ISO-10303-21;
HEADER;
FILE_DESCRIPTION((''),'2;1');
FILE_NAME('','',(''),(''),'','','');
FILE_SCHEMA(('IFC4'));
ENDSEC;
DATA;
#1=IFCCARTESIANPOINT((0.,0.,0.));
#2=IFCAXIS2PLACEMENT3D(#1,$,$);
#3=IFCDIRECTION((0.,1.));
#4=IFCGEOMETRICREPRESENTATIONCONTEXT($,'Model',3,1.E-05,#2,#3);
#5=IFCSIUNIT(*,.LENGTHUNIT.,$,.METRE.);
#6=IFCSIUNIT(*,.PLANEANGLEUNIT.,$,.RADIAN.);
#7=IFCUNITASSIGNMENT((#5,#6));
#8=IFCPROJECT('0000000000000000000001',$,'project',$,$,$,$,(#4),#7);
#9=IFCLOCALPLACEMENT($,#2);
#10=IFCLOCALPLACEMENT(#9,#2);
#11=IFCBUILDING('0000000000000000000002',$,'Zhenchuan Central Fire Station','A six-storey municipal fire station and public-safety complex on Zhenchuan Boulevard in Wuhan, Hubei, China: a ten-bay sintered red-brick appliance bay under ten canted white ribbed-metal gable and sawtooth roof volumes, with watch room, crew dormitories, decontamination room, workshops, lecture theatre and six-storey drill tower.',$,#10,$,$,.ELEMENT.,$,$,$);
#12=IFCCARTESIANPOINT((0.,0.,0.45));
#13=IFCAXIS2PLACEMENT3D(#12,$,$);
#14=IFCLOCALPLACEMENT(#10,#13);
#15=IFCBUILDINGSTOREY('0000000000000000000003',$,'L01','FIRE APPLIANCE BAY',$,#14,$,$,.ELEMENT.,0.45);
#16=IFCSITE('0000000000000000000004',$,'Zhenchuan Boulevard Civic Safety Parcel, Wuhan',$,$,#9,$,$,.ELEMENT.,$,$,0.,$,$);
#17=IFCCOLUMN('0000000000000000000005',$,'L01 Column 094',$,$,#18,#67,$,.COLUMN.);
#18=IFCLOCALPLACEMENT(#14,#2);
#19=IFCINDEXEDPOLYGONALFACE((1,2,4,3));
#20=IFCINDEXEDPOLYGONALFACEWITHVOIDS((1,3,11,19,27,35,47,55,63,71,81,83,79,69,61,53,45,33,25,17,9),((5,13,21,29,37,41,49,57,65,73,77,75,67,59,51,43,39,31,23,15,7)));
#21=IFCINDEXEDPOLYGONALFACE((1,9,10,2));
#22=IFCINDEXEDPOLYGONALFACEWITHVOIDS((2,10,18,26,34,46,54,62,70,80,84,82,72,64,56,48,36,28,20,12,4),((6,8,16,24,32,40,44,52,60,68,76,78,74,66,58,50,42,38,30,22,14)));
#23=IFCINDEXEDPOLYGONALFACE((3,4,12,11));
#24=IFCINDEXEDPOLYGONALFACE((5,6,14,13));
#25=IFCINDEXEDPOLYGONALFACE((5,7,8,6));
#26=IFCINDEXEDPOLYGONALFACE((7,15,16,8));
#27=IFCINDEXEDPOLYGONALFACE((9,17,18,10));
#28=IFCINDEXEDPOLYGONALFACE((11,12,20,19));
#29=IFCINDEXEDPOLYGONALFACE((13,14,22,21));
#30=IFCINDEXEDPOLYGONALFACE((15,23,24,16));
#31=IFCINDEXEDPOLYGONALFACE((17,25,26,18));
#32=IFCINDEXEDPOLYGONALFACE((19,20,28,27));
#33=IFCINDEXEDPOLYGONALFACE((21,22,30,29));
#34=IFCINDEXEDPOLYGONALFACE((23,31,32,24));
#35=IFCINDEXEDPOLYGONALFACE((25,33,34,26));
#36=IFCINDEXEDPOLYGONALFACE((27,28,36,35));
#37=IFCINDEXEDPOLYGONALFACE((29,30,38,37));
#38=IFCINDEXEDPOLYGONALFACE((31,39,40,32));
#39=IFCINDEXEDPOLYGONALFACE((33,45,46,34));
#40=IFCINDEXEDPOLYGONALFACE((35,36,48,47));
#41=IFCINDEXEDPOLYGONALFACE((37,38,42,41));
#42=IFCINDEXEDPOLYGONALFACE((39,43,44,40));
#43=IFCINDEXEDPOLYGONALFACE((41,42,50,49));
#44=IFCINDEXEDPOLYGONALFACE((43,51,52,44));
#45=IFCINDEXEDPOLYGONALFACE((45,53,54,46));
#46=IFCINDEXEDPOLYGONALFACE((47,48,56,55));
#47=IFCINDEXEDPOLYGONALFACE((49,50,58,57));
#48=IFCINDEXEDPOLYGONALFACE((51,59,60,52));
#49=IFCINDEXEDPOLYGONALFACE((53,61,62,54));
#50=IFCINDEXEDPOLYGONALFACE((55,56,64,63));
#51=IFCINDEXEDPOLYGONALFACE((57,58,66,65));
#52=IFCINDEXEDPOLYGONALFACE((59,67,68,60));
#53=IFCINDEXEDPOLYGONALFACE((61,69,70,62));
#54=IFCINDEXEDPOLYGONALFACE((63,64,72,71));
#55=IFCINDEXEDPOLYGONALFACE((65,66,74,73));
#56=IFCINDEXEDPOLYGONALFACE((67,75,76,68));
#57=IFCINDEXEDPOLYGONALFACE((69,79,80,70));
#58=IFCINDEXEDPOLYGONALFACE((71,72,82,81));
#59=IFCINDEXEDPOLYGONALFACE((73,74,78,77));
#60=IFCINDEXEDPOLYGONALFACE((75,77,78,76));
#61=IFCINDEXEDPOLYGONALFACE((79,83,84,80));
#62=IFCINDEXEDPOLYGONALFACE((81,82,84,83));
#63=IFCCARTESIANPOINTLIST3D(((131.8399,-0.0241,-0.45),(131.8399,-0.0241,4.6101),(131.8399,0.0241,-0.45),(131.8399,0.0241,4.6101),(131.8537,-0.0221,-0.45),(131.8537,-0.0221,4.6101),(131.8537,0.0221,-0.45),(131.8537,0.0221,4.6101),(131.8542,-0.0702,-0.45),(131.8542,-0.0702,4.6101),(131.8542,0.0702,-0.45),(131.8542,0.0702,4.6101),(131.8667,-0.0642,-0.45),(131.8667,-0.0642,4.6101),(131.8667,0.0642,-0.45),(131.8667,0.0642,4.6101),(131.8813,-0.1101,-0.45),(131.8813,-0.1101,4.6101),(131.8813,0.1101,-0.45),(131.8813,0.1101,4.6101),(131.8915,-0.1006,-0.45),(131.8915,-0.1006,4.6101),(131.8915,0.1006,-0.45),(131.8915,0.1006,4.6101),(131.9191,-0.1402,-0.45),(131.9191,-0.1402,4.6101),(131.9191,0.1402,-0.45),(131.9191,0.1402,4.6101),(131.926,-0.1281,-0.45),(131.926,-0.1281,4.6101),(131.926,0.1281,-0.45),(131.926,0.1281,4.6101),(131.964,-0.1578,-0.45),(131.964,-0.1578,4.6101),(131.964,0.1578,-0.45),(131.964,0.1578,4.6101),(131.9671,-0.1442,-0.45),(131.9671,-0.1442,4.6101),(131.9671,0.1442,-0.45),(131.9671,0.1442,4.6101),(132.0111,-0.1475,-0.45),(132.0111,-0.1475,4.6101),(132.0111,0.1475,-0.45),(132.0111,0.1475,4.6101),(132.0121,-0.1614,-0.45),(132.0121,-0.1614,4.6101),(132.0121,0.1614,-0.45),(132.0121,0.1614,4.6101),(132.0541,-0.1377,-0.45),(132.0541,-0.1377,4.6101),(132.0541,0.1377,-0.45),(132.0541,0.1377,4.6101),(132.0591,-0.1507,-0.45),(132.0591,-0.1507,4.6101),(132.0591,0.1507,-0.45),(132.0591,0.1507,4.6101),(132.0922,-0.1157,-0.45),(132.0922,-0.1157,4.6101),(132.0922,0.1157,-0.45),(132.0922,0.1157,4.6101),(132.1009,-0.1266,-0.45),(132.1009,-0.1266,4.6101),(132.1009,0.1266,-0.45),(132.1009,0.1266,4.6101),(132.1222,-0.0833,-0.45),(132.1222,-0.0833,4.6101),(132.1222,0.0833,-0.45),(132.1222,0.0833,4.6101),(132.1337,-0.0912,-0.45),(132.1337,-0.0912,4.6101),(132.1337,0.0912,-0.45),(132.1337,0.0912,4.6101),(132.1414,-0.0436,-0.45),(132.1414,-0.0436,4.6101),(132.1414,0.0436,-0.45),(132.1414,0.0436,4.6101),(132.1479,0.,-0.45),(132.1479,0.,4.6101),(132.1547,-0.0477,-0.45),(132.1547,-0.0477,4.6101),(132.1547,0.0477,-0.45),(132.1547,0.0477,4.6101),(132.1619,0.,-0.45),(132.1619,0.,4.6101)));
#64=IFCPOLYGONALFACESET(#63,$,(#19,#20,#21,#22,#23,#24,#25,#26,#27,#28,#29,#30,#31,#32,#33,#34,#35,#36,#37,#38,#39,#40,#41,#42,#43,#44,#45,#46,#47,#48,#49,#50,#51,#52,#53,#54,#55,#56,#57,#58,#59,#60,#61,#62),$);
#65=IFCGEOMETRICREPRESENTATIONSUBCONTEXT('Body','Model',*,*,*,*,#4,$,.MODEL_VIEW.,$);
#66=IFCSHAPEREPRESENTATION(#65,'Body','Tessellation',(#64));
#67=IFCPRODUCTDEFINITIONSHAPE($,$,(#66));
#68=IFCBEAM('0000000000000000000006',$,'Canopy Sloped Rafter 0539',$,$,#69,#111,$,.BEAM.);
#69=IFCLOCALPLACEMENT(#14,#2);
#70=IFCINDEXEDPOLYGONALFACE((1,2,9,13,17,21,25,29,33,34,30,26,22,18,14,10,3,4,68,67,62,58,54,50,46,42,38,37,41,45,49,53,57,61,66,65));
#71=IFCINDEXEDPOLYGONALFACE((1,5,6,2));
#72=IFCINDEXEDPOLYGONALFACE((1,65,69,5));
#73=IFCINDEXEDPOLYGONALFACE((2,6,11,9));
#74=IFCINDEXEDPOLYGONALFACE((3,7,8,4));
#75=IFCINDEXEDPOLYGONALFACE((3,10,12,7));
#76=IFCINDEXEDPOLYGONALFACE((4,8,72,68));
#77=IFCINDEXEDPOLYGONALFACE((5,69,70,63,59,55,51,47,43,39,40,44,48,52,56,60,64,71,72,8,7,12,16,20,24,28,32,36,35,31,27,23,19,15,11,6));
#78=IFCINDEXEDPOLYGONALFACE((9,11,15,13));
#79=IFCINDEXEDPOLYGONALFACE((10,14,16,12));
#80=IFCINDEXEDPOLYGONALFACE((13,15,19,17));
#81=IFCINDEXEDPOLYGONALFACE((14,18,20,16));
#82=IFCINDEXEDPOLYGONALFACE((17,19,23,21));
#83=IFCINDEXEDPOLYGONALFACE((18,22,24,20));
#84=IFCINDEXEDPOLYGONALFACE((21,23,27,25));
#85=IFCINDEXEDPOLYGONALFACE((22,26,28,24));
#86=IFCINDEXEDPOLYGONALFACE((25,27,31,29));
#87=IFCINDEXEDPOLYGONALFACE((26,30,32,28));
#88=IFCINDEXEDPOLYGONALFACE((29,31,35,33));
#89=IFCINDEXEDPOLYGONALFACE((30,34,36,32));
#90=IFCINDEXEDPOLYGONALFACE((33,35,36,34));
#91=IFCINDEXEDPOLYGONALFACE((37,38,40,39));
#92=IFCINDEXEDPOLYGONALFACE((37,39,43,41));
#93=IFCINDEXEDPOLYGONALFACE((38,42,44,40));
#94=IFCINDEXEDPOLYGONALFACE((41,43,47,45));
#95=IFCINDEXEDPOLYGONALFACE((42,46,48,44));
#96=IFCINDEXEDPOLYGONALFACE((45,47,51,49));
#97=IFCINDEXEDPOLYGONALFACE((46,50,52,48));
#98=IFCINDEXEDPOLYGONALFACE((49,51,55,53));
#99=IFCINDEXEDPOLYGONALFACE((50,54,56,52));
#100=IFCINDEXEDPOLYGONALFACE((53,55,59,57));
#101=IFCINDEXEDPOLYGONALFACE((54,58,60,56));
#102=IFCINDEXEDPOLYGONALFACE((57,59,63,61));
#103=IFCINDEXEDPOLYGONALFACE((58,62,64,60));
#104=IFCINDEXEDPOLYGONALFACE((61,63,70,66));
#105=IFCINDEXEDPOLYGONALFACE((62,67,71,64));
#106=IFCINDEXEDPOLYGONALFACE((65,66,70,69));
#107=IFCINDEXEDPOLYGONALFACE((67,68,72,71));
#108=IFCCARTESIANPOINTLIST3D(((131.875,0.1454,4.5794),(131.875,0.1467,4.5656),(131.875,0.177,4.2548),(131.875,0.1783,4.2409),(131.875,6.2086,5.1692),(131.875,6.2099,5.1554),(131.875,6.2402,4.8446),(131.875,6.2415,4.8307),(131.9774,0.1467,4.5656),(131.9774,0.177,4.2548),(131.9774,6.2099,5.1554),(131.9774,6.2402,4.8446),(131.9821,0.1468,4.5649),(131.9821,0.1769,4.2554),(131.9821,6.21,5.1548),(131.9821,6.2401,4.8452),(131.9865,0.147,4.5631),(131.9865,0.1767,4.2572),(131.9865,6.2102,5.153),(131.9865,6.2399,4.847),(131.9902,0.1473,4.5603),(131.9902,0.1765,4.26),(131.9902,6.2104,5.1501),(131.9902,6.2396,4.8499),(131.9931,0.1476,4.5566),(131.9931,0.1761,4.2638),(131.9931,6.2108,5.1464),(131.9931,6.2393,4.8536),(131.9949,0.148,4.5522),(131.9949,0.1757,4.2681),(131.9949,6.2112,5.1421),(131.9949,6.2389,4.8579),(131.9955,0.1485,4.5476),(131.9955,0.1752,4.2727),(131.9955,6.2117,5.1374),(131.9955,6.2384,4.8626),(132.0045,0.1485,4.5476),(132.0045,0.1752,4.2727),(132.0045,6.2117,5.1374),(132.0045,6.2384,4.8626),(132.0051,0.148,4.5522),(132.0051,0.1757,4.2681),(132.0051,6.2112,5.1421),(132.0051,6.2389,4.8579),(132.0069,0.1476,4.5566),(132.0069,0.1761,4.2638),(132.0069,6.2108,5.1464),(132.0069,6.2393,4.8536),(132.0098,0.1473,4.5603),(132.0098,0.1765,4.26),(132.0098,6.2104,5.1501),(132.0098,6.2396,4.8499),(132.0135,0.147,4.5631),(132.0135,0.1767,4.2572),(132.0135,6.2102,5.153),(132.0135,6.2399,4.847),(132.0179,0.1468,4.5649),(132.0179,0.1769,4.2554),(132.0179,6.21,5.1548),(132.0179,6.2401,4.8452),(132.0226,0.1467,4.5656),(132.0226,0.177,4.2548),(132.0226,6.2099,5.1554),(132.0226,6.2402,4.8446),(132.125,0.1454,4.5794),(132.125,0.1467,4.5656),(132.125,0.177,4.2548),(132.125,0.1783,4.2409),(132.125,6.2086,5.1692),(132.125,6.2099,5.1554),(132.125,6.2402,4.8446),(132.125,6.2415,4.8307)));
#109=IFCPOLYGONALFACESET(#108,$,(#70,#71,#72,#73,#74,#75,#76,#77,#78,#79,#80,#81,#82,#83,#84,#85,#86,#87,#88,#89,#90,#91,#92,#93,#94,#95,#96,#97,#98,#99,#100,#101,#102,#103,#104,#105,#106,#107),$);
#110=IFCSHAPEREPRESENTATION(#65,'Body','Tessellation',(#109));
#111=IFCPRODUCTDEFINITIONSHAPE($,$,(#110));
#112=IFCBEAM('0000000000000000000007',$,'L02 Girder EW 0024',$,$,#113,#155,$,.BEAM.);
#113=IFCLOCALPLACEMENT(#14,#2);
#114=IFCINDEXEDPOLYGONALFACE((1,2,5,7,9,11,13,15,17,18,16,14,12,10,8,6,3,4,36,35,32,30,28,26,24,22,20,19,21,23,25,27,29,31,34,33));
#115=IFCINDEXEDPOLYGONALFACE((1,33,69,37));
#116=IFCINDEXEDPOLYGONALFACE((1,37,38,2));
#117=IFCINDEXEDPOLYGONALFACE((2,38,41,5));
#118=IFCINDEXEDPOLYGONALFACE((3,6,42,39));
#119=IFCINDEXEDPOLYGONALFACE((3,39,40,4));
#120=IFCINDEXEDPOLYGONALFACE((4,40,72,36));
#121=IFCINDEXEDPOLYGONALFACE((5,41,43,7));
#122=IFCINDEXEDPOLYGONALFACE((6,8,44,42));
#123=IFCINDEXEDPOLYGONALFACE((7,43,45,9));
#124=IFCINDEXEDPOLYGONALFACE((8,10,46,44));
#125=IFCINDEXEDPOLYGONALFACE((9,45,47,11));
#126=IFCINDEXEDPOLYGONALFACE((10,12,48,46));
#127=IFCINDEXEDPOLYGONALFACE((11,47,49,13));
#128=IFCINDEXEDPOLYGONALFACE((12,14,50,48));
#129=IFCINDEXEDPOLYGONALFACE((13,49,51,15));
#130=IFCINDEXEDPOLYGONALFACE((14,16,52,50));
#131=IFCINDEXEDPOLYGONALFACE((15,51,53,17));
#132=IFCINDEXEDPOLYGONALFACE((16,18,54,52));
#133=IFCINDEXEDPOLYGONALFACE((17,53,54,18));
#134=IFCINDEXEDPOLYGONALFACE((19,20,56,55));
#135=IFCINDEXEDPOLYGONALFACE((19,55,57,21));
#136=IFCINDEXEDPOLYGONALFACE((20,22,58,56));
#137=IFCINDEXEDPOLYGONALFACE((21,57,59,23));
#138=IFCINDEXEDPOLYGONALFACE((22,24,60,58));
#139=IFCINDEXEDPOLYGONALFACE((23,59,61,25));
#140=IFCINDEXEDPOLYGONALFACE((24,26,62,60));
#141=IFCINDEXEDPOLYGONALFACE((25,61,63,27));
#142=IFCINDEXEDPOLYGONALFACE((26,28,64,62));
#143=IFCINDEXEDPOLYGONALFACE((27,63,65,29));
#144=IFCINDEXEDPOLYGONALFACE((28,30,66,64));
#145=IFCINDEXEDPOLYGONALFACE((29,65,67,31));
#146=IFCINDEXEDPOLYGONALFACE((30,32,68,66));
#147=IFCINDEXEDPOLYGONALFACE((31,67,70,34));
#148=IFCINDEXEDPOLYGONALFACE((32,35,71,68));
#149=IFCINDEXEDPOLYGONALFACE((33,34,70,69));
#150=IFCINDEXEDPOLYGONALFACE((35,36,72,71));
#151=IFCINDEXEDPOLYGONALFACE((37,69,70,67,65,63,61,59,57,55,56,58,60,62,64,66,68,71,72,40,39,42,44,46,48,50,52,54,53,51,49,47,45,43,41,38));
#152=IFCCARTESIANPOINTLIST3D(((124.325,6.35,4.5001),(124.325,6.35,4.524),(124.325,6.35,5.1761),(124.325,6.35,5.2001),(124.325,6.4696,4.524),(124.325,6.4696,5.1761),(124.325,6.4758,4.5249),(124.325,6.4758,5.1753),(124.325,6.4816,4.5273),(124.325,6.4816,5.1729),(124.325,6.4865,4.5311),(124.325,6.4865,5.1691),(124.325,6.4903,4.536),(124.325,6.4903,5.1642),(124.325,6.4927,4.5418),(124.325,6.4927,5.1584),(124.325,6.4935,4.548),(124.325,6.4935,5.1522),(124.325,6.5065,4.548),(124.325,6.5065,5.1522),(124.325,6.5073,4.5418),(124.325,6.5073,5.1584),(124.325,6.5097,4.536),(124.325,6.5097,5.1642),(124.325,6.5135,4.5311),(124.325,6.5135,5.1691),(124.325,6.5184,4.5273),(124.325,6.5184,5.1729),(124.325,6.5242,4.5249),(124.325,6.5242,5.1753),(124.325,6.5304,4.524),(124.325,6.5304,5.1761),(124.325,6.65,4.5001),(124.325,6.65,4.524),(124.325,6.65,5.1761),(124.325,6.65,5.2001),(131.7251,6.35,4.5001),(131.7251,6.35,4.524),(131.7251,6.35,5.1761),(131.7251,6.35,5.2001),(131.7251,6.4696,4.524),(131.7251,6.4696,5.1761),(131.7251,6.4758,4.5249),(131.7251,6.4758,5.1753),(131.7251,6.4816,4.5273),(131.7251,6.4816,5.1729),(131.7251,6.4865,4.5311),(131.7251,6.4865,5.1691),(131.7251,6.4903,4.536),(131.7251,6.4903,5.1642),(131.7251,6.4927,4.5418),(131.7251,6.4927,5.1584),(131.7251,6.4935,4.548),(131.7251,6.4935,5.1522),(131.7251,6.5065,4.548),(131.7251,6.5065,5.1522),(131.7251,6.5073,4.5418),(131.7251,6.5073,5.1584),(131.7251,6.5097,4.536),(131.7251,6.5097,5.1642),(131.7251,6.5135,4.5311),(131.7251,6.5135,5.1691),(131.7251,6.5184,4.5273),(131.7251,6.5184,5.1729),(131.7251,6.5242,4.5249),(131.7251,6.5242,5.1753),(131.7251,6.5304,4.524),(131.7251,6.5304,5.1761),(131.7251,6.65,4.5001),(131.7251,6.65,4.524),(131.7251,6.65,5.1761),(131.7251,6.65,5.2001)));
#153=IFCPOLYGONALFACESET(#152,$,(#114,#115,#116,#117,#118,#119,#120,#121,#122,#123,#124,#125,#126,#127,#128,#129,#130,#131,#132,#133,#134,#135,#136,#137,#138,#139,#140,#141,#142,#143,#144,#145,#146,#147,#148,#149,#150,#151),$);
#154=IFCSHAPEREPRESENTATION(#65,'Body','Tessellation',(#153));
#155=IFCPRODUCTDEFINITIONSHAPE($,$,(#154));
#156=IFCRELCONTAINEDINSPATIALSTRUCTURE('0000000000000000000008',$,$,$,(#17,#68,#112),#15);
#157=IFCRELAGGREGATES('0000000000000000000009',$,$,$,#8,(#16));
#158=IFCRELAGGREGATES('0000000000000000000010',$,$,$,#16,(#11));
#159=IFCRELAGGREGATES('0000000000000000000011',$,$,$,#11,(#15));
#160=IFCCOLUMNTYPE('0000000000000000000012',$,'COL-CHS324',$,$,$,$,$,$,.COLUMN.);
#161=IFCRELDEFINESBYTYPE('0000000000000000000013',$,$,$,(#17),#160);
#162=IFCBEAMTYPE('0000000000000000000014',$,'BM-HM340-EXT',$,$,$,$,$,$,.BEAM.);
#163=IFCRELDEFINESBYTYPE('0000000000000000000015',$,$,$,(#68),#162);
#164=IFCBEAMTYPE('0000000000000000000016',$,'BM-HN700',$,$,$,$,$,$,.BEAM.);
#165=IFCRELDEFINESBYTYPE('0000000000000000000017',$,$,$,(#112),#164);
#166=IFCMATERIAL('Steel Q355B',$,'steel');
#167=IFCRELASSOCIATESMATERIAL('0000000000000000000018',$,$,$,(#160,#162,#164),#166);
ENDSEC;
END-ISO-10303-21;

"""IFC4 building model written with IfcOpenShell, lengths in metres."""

from ifc_helpers import new_model, si_unit, direction, frame, origin, origin_2d, place, context, subcontext, project, spatial, hollow_circle, i_section, extrude, material, material_profile, profile_set, type_object, element, save


model = new_model("IFC4")

# Units and contexts
model_context = context("Model", 3, precision=1e-05, world=origin(), true_north=direction((0.0, 1.0)))
body_context = subcontext(model_context, "Body", "Model", "MODEL_VIEW")
ifc_project = project(units=[si_unit("LENGTHUNIT", "METRE"), si_unit("PLANEANGLEUNIT", "RADIAN")], contexts=[model_context])

# Site, building, storey
site_placement = place(None, origin())
site = spatial("IfcSite", under=ifc_project, at=site_placement, Name="Zhenchuan Boulevard Civic Safety Parcel, Wuhan", CompositionType="ELEMENT", RefElevation=0.0)
building_placement = place(site_placement, origin())
building = spatial("IfcBuilding", under=site, at=building_placement, Name="Zhenchuan Central Fire Station", Description="A six-storey municipal fire station and public-safety complex on Zhenchuan Boulevard in Wuhan, Hubei, China: a ten-bay sintered red-brick appliance bay under ten canted white ribbed-metal gable and sawtooth roof volumes, with watch room, crew dormitories, decontamination room, workshops, lecture theatre and six-storey drill tower.", CompositionType="ELEMENT")
storey_placement = place(building_placement, frame((0.0, 0.0, 0.45)))
storey = spatial("IfcBuildingStorey", under=building, at=storey_placement, Name="L01", Description="FIRE APPLIANCE BAY", CompositionType="ELEMENT", Elevation=0.45)

# Column
ifc_material_1 = material(Name="Steel Q355B", Category="steel")
ifc_material_profile_1 = material_profile(ifc_material_1, hollow_circle(Radius=0.1619, WallThickness=0.0139, at=origin_2d()), Name="CHS 323.9x14")
ifc_profile_set_1 = profile_set([ifc_material_profile_1], Name="Steel Q355B")
column_type_1 = type_object("IfcColumnType", Name="COL-CHS324", PredefinedType="COLUMN", material=ifc_profile_set_1)
column_1_placement = place(storey_placement, frame((132.0, 0.0, -0.45), z_axis=(0.0, 0.0, 1.0), x_axis=(1.0, 0.0, 0.0)))
element("IfcColumn", 1, at=column_1_placement, inside=storey, type_object=column_type_1, Name="L01 Column 094", PredefinedType="COLUMN", context=body_context, shape_type="SweptSolid", body=[
    extrude(hollow_circle(Radius=0.1619, WallThickness=0.0139, at=origin_2d()), origin(), (0.0, 0.0, 1.0), 5.0601),
])

# Beams
ifc_material_profile_2 = material_profile(ifc_material_1, i_section(OverallWidth=0.25, OverallDepth=0.3401, WebThickness=0.009, FlangeThickness=0.0139, FilletRadius=0.0181, at=origin_2d()), Name="HM 340x250")
ifc_profile_set_2 = profile_set([ifc_material_profile_2], Name="Steel Q355B")
beam_type_1 = type_object("IfcBeamType", Name="BM-HM340-EXT", PredefinedType="BEAM", material=ifc_profile_set_2)
beam_1_placement = place(storey_placement, frame((132.0, 0.1619, 4.4102), z_axis=(0.0, 0.995301, 0.096825), x_axis=(-1.0, 0.0, 0.0)))
element("IfcBeam", 2, at=beam_1_placement, inside=storey, type_object=beam_type_1, Name="Canopy Sloped Rafter 0539", PredefinedType="BEAM", context=body_context, shape_type="SweptSolid", body=[
    extrude(i_section(OverallWidth=0.25, OverallDepth=0.3401, WebThickness=0.009, FlangeThickness=0.0139, FilletRadius=0.0181, at=origin_2d()), origin(), (0.0, 0.0, 1.0), 6.0918),
])
ifc_material_profile_3 = material_profile(ifc_material_1, i_section(OverallWidth=0.3, OverallDepth=0.7, WebThickness=0.0129, FlangeThickness=0.0239, FilletRadius=0.0239, at=origin_2d()), Name="HN 700x300")
ifc_profile_set_3 = profile_set([ifc_material_profile_3], Name="Steel Q355B")
beam_type_2 = type_object("IfcBeamType", Name="BM-HN700", PredefinedType="BEAM", material=ifc_profile_set_3)
beam_2_placement = place(storey_placement, frame((124.325, 6.5, 4.8501), z_axis=(1.0, 0.0, 0.0), x_axis=(0.0, 1.0, 0.0)))
element("IfcBeam", 3, at=beam_2_placement, inside=storey, type_object=beam_type_2, Name="L02 Girder EW 0024", PredefinedType="BEAM", context=body_context, shape_type="SweptSolid", body=[
    extrude(i_section(OverallWidth=0.3, OverallDepth=0.7, WebThickness=0.0129, FlangeThickness=0.0239, FilletRadius=0.0239, at=origin_2d()), origin(), (0.0, 0.0, 1.0), 7.4001),
])

save(model, "model.ifc")
